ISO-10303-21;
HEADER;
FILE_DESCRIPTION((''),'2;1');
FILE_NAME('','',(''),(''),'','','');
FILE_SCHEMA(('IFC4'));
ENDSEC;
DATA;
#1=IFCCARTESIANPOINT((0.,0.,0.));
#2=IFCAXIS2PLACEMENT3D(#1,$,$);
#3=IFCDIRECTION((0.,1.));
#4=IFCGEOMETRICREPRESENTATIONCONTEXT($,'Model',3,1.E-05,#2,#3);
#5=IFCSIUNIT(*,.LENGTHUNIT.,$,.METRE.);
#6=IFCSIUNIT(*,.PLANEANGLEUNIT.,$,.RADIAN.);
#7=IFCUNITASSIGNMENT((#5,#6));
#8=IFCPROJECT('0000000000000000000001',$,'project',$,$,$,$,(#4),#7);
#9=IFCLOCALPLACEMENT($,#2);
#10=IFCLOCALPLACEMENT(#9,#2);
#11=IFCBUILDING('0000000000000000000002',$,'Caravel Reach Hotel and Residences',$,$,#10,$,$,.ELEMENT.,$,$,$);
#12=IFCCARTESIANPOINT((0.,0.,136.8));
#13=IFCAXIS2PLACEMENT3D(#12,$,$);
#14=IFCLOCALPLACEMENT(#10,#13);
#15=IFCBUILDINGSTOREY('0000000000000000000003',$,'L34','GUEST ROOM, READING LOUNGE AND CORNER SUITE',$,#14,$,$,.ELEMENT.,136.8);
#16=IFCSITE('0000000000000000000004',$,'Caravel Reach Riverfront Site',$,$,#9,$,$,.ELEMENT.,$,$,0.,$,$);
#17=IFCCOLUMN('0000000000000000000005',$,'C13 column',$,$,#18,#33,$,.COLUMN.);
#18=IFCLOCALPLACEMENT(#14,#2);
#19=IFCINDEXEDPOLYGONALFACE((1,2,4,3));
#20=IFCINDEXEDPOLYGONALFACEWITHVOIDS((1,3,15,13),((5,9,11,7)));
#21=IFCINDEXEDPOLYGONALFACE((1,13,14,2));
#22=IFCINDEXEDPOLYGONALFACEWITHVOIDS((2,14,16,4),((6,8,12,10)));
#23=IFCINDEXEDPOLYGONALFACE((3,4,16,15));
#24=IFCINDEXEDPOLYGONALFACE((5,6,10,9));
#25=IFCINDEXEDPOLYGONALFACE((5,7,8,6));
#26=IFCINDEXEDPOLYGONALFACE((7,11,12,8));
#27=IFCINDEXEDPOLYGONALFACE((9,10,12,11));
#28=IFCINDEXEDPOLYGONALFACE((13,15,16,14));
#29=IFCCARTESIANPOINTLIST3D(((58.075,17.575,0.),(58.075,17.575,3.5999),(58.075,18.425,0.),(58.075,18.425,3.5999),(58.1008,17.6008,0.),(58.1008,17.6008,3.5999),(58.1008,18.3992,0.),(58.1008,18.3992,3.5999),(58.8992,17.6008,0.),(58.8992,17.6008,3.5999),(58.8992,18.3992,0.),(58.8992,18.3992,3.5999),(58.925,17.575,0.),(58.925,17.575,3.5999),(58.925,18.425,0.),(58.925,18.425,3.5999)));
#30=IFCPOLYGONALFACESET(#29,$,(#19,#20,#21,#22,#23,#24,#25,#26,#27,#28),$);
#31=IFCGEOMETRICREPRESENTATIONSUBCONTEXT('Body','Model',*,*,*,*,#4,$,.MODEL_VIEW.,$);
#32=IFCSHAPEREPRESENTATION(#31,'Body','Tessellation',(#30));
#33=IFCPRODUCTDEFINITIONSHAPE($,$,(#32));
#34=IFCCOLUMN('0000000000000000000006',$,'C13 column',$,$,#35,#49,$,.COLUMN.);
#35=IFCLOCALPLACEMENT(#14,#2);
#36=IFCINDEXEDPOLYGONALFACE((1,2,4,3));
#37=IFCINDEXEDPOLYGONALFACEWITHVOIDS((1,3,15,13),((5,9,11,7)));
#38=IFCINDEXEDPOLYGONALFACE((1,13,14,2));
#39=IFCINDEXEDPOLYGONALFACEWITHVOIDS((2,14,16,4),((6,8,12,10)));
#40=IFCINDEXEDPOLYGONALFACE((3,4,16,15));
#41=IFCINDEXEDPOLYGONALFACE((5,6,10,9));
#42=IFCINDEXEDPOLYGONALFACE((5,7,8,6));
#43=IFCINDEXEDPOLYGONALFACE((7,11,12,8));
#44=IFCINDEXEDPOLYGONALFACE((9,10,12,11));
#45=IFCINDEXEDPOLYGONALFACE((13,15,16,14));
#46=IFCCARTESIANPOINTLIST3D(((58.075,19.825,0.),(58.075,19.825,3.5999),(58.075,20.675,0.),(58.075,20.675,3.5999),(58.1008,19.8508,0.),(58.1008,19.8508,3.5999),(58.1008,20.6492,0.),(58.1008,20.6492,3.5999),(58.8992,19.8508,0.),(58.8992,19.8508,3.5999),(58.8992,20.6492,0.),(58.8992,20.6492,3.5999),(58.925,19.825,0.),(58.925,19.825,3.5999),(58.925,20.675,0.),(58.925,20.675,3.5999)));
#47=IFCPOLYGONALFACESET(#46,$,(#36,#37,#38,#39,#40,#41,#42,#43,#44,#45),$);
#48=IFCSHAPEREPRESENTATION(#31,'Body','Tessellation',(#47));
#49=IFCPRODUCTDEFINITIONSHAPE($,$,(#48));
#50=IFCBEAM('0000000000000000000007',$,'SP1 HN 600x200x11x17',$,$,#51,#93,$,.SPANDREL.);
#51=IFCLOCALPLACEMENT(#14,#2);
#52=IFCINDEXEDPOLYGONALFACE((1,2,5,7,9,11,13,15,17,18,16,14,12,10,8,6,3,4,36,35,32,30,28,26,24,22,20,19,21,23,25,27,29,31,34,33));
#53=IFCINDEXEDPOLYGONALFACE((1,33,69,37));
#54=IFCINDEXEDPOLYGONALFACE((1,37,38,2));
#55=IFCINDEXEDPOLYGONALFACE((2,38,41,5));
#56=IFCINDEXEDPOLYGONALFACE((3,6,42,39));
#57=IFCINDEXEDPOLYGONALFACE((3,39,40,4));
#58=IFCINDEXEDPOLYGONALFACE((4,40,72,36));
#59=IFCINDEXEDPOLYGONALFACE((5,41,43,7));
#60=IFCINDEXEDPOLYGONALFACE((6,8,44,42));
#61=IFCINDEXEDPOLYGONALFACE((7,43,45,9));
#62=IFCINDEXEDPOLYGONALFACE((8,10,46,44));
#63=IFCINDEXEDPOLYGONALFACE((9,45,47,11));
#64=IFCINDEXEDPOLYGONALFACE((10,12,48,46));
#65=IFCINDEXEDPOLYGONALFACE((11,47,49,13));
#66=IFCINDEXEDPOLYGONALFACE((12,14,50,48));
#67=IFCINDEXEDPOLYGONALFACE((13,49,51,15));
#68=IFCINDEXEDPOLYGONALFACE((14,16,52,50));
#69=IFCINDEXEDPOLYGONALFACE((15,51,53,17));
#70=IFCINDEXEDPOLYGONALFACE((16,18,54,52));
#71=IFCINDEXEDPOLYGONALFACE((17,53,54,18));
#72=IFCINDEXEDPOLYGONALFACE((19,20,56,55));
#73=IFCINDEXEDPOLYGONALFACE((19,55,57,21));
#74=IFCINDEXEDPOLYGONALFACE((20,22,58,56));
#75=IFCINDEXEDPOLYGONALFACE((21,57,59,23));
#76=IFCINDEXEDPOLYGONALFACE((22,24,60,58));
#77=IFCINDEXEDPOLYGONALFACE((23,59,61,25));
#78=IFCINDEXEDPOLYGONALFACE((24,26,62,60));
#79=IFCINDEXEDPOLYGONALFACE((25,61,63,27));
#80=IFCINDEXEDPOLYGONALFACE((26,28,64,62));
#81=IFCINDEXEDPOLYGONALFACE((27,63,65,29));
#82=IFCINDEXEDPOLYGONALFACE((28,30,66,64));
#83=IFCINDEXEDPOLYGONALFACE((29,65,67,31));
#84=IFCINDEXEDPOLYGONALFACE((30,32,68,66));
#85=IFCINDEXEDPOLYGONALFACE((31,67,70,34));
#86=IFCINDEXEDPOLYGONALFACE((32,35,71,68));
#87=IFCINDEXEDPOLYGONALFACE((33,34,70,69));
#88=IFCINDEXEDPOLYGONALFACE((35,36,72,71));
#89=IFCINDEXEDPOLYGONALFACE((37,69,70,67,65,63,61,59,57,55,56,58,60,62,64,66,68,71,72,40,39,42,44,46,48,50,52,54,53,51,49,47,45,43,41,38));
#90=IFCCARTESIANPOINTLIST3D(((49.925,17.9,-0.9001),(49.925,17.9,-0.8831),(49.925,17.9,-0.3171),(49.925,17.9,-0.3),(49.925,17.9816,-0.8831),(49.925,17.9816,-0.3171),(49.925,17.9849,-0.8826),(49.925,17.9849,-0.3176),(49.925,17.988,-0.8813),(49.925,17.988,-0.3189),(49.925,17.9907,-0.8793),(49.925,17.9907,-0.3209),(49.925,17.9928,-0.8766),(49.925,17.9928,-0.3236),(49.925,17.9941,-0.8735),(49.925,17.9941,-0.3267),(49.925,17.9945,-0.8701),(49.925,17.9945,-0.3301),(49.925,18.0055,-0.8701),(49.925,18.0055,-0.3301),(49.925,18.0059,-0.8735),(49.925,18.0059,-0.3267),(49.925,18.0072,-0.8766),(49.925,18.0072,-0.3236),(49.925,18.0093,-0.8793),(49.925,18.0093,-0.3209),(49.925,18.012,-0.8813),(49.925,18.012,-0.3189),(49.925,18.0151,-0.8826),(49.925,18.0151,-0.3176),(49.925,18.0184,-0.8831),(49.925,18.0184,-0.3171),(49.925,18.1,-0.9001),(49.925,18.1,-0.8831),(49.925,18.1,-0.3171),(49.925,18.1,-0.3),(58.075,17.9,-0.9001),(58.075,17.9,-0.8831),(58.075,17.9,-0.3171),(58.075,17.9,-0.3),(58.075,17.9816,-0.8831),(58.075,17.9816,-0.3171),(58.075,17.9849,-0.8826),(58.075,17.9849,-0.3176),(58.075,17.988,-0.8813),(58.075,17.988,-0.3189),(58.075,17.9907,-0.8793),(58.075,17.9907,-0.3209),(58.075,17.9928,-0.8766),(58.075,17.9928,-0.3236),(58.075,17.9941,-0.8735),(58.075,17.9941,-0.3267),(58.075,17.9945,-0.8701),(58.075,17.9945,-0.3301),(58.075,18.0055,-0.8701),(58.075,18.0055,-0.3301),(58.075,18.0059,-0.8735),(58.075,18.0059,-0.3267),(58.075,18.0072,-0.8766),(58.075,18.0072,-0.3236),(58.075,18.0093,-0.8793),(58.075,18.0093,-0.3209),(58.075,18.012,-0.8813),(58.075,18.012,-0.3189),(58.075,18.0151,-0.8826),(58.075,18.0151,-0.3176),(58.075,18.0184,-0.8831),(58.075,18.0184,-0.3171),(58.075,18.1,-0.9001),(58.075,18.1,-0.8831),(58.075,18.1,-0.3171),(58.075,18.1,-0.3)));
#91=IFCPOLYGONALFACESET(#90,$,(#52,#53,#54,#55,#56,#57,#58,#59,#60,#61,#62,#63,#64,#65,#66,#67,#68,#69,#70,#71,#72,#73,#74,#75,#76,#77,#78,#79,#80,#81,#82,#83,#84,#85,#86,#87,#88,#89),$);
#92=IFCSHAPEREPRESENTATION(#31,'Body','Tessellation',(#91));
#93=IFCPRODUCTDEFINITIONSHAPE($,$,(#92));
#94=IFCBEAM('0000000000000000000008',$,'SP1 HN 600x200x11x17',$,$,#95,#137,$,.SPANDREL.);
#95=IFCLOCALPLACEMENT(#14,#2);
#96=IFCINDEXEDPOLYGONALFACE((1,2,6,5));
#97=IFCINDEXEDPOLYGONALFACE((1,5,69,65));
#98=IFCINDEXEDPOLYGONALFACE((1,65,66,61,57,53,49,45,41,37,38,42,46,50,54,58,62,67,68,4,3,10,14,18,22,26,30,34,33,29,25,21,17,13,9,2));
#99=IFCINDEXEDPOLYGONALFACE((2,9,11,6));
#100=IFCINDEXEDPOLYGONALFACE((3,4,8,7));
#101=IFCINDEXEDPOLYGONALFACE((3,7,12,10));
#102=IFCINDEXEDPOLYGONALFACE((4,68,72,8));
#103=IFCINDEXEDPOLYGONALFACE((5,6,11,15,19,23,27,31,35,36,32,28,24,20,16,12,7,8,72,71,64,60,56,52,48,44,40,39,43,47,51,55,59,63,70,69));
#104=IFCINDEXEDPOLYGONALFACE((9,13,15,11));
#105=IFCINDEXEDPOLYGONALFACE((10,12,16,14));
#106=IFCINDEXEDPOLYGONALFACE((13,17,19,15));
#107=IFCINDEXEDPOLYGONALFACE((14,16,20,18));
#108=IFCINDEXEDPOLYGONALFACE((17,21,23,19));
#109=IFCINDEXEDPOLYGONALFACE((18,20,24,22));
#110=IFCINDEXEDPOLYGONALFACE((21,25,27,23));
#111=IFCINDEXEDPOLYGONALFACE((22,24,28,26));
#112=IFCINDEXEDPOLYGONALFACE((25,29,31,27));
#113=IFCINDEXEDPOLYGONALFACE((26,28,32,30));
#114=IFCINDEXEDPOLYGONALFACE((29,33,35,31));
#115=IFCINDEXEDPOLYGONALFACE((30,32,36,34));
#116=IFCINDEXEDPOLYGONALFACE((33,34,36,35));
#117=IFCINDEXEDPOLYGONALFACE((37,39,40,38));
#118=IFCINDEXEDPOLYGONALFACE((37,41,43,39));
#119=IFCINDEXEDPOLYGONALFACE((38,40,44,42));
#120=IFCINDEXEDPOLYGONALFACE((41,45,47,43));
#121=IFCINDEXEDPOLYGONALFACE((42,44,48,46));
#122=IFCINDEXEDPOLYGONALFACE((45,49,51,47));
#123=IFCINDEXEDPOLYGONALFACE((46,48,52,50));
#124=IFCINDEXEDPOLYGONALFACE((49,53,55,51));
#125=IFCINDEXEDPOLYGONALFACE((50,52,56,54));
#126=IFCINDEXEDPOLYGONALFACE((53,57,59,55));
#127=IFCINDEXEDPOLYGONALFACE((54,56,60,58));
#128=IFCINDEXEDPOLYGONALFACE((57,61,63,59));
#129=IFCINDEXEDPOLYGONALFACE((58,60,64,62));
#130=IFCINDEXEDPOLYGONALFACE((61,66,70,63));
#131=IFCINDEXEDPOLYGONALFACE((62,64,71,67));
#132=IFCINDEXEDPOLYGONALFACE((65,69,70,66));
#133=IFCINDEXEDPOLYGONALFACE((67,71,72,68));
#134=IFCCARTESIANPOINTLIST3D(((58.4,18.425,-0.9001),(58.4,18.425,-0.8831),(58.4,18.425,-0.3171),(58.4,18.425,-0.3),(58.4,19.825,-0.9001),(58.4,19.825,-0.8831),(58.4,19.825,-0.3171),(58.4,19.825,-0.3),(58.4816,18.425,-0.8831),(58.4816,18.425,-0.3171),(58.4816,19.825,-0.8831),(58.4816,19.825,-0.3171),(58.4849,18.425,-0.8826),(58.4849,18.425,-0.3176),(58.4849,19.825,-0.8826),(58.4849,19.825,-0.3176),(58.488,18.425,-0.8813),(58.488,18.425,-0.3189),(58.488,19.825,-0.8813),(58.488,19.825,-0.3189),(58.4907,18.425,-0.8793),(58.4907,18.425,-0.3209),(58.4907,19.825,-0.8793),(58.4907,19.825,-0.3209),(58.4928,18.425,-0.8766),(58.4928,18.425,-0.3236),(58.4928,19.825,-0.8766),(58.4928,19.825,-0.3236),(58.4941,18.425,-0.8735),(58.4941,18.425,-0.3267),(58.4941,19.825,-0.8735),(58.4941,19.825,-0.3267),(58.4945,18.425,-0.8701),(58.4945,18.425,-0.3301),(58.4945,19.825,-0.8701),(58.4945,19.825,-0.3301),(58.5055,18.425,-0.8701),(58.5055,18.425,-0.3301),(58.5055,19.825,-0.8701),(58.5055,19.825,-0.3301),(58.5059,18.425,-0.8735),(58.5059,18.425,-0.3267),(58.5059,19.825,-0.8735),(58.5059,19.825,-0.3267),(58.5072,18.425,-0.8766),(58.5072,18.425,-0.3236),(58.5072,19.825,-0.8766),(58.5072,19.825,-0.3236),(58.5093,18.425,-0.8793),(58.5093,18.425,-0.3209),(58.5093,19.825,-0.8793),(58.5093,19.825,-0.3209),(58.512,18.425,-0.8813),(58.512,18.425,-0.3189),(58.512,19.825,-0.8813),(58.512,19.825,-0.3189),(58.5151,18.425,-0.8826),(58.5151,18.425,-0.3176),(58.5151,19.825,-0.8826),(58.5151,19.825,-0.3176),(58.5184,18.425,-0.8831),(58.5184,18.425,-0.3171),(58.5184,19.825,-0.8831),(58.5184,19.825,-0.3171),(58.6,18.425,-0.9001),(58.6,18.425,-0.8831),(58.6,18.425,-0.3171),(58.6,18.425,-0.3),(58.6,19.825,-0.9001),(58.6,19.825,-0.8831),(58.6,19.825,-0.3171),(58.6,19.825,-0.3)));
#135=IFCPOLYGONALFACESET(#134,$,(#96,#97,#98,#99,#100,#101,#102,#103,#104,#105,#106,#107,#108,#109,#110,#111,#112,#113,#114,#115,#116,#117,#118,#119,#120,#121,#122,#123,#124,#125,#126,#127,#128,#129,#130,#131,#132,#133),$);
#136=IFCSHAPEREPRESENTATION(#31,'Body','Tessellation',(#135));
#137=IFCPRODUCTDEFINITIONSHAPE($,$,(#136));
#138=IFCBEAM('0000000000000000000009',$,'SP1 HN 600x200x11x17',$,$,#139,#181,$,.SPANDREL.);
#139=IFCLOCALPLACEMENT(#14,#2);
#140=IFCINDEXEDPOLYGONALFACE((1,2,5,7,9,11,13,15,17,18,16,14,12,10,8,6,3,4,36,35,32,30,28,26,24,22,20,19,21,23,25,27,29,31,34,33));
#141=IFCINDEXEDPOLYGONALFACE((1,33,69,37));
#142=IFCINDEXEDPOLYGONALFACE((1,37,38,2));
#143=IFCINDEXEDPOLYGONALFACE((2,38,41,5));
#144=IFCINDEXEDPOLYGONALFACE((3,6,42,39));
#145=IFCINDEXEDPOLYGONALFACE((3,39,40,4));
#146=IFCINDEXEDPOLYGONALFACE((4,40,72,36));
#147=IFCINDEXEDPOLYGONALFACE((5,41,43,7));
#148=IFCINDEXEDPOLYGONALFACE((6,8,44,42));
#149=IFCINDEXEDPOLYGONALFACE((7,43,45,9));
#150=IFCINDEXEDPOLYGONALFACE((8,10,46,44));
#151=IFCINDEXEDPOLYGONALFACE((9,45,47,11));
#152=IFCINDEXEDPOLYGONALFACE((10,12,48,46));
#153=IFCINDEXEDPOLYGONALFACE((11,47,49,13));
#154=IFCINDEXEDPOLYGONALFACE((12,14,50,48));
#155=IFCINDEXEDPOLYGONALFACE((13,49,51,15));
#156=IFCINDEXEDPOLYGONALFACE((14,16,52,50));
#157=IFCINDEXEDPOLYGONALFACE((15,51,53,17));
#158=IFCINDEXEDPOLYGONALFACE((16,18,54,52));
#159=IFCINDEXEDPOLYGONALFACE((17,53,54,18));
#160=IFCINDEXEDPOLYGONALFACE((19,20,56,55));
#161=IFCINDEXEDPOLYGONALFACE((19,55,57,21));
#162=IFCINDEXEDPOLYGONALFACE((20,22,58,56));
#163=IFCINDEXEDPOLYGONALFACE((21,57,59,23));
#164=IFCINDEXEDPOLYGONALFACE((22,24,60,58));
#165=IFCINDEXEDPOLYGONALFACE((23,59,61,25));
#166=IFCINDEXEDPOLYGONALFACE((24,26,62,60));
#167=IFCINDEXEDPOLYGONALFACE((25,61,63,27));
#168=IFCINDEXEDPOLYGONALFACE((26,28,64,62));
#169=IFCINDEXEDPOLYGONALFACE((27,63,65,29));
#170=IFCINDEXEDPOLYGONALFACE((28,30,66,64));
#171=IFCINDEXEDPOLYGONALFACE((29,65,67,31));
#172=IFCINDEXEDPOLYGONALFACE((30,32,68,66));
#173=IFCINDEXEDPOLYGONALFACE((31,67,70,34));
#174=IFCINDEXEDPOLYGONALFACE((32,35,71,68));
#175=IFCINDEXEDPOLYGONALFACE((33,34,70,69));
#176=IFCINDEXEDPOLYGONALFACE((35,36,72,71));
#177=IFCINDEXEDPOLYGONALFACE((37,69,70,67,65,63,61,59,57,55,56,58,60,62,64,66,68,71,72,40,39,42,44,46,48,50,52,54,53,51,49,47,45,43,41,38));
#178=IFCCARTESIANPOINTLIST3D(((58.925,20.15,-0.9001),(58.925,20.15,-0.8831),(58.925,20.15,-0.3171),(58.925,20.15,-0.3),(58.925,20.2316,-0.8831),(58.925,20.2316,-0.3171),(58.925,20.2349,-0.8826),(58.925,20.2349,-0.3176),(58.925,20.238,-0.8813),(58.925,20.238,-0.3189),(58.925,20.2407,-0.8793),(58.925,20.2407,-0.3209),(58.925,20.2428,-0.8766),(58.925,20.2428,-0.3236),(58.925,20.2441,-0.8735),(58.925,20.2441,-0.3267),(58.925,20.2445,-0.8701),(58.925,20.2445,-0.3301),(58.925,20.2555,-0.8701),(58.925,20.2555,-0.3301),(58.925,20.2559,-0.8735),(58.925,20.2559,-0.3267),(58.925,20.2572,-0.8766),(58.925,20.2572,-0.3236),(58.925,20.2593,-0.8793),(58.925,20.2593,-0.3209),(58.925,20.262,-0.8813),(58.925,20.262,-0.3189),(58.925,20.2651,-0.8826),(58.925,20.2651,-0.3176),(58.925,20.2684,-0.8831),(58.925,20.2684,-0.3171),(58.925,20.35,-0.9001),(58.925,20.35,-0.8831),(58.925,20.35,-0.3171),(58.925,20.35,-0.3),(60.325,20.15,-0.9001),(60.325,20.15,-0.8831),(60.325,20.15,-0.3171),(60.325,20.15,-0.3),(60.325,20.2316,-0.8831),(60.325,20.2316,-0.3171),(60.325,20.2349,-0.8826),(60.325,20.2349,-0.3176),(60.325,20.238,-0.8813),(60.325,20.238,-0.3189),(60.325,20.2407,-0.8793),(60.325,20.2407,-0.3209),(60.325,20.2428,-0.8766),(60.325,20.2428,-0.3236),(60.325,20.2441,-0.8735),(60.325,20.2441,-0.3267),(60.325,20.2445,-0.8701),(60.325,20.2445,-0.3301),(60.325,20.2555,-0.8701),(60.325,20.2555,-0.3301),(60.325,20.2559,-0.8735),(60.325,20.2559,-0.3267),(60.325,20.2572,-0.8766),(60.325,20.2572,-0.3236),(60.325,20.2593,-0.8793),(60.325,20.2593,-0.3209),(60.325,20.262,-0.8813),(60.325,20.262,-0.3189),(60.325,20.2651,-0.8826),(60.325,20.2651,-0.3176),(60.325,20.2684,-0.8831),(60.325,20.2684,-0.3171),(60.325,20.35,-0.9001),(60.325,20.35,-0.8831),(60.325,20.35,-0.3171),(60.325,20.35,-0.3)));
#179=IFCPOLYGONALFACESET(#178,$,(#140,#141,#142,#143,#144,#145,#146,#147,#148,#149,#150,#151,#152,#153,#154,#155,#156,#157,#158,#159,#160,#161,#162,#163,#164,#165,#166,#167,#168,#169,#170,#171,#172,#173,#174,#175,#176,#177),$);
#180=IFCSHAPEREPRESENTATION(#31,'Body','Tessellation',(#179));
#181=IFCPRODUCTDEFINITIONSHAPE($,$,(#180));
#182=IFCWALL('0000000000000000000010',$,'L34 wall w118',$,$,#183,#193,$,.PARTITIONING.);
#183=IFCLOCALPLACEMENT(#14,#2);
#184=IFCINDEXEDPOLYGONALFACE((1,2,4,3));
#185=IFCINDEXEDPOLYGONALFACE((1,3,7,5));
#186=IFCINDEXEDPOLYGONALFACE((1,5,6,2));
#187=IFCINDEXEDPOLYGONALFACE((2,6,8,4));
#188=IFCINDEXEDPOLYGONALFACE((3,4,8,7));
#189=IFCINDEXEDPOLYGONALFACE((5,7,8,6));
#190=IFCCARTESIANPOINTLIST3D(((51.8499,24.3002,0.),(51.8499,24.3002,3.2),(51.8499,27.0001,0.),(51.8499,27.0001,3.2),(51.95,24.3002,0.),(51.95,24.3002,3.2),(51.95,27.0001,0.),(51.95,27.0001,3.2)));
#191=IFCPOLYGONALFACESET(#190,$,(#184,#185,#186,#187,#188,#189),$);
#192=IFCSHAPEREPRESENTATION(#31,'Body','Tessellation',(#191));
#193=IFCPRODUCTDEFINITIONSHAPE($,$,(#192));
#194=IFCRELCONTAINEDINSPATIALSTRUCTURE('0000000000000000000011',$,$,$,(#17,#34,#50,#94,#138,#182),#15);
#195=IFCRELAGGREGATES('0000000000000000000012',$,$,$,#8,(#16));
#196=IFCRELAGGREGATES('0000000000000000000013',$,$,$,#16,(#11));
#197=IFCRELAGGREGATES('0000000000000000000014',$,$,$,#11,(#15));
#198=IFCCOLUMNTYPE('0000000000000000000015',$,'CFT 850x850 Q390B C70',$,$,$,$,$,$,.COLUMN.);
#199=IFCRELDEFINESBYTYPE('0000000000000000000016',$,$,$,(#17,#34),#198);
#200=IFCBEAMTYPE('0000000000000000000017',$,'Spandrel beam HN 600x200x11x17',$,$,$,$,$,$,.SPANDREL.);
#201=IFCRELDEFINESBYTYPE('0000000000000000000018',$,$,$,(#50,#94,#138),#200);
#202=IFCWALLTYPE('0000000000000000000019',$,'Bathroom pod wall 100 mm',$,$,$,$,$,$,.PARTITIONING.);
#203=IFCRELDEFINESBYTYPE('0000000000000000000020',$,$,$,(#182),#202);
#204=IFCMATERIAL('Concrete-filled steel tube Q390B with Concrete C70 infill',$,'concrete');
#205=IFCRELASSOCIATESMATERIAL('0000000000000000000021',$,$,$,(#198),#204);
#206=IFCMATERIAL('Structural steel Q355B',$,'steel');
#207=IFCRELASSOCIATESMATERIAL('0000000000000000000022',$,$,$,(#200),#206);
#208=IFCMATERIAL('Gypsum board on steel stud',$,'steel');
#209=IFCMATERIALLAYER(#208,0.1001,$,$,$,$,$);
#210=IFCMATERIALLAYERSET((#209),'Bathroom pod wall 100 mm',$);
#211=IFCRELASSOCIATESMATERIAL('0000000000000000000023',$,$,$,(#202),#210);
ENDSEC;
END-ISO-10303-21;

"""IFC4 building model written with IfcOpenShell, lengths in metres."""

from ifc_helpers import new_model, si_unit, direction, frame, frame_2d, origin, origin_2d, place, context, subcontext, project, spatial, rectangle, hollow_rectangle, i_section, extrude, material, layer, layer_set, material_profile, profile_set, type_object, element, save


model = new_model("IFC4")

# Units and contexts
model_context = context("Model", 3, precision=1e-05, world=origin(), true_north=direction((0.0, 1.0)))
body_context = subcontext(model_context, "Body", "Model", "MODEL_VIEW")
ifc_project = project(units=[si_unit("LENGTHUNIT", "METRE"), si_unit("PLANEANGLEUNIT", "RADIAN")], contexts=[model_context])

# Site, building, storey
site_placement = place(None, origin())
site = spatial("IfcSite", under=ifc_project, at=site_placement, Name="Caravel Reach Riverfront Site", CompositionType="ELEMENT", RefElevation=0.0)
building_placement = place(site_placement, origin())
building = spatial("IfcBuilding", under=site, at=building_placement, Name="Caravel Reach Hotel and Residences", CompositionType="ELEMENT")
storey_placement = place(building_placement, frame((0.0, 0.0, 136.8)))
storey = spatial("IfcBuildingStorey", under=building, at=storey_placement, Name="L34", Description="GUEST ROOM, READING LOUNGE AND CORNER SUITE", CompositionType="ELEMENT", Elevation=136.8)

# Columns
ifc_material_1 = material(Name="Concrete-filled steel tube Q390B with Concrete C70 infill", Category="concrete")
ifc_material_profile_1 = material_profile(ifc_material_1, hollow_rectangle(XDim=0.8501, YDim=0.8501, WallThickness=0.0259, at=origin_2d()), Name="RHS 850x850x26")
ifc_profile_set_1 = profile_set([ifc_material_profile_1], Name="Concrete-filled steel tube Q390B with Concrete C70 infill")
column_type = type_object("IfcColumnType", Name="CFT 850x850 Q390B C70", PredefinedType="COLUMN", material=ifc_profile_set_1)
for number, where, z_axis, x_axis, name in (
    (1, (58.5, 18.0, 0.0), (0.0, 0.0, 1.0), (1.0, 0.0, 0.0), "C13 column"),
    (2, (58.5, 20.25, 0.0), (0.0, 0.0, 1.0), (1.0, 0.0, 0.0), "C13 column"),
):
    element("IfcColumn", number, at=place(storey_placement, frame(where, z_axis=z_axis, x_axis=x_axis)), inside=storey, type_object=column_type, Name=name, PredefinedType="COLUMN", context=body_context, shape_type="SweptSolid", body=[
        extrude(hollow_rectangle(XDim=0.8501, YDim=0.8501, WallThickness=0.0259, at=origin_2d()), origin(), (0.0, 0.0, 1.0), 3.5999),
    ])

# Beams
ifc_material_2 = material(Name="Structural steel Q355B", Category="steel")
ifc_material_profile_2 = material_profile(ifc_material_2, i_section(OverallWidth=0.2, OverallDepth=0.6001, WebThickness=0.011, FlangeThickness=0.0171, FilletRadius=0.0129, at=origin_2d()), Name="HN 600x200x11x17")
ifc_profile_set_2 = profile_set([ifc_material_profile_2], Name="Structural steel Q355B")
beam_type = type_object("IfcBeamType", Name="Spandrel beam HN 600x200x11x17", PredefinedType="SPANDREL", material=ifc_profile_set_2)
beam_placement = place(storey_placement, frame((49.925, 18.0, -0.6001), z_axis=(1.0, 0.0, 0.0), x_axis=(0.0, 1.0, 0.0)))
element("IfcBeam", 3, at=beam_placement, inside=storey, type_object=beam_type, Name="SP1 HN 600x200x11x17", PredefinedType="SPANDREL", context=body_context, shape_type="SweptSolid", body=[
    extrude(i_section(OverallWidth=0.2, OverallDepth=0.6001, WebThickness=0.011, FlangeThickness=0.0171, FilletRadius=0.0129, at=origin_2d()), origin(), (0.0, 0.0, 1.0), 8.1499),
])
for number, where, z_axis, x_axis, name in (
    (4, (58.5, 18.425, -0.6001), (0.0, 1.0, 0.0), (-1.0, 0.0, 0.0), "SP1 HN 600x200x11x17"),
    (5, (58.925, 20.25, -0.6001), (1.0, 0.0, 0.0), (0.0, 1.0, 0.0), "SP1 HN 600x200x11x17"),
):
    element("IfcBeam", number, at=place(storey_placement, frame(where, z_axis=z_axis, x_axis=x_axis)), inside=storey, type_object=beam_type, Name=name, PredefinedType="SPANDREL", context=body_context, shape_type="SweptSolid", body=[
        extrude(i_section(OverallWidth=0.2, OverallDepth=0.6001, WebThickness=0.011, FlangeThickness=0.0171, FilletRadius=0.0129, at=origin_2d()), origin(), (0.0, 0.0, 1.0), 1.3999),
    ])

# Wall
ifc_material_3 = material(Name="Gypsum board on steel stud", Category="steel")
ifc_layer_1 = layer(ifc_material_3, 0.1001)
ifc_layer_set_1 = layer_set([ifc_layer_1], Name="Bathroom pod wall 100 mm")
wall_type_1 = type_object("IfcWallType", Name="Bathroom pod wall 100 mm", PredefinedType="PARTITIONING", material=ifc_layer_set_1)
wall_1_placement = place(storey_placement, frame((51.8999, 24.3, 0.0), z_axis=(0.0, 0.0, 1.0), x_axis=(0.0, 1.0, 0.0)))
element("IfcWall", 6, at=wall_1_placement, inside=storey, type_object=wall_type_1, Name="L34 wall w118", PredefinedType="PARTITIONING", context=body_context, shape_type="SweptSolid", body=[
    extrude(rectangle(XDim=2.7, YDim=0.1001, at=frame_2d((1.3501, 0.0))), origin(), (0.0, 0.0, 1.0), 3.2),
])

save(model, "model.ifc")
